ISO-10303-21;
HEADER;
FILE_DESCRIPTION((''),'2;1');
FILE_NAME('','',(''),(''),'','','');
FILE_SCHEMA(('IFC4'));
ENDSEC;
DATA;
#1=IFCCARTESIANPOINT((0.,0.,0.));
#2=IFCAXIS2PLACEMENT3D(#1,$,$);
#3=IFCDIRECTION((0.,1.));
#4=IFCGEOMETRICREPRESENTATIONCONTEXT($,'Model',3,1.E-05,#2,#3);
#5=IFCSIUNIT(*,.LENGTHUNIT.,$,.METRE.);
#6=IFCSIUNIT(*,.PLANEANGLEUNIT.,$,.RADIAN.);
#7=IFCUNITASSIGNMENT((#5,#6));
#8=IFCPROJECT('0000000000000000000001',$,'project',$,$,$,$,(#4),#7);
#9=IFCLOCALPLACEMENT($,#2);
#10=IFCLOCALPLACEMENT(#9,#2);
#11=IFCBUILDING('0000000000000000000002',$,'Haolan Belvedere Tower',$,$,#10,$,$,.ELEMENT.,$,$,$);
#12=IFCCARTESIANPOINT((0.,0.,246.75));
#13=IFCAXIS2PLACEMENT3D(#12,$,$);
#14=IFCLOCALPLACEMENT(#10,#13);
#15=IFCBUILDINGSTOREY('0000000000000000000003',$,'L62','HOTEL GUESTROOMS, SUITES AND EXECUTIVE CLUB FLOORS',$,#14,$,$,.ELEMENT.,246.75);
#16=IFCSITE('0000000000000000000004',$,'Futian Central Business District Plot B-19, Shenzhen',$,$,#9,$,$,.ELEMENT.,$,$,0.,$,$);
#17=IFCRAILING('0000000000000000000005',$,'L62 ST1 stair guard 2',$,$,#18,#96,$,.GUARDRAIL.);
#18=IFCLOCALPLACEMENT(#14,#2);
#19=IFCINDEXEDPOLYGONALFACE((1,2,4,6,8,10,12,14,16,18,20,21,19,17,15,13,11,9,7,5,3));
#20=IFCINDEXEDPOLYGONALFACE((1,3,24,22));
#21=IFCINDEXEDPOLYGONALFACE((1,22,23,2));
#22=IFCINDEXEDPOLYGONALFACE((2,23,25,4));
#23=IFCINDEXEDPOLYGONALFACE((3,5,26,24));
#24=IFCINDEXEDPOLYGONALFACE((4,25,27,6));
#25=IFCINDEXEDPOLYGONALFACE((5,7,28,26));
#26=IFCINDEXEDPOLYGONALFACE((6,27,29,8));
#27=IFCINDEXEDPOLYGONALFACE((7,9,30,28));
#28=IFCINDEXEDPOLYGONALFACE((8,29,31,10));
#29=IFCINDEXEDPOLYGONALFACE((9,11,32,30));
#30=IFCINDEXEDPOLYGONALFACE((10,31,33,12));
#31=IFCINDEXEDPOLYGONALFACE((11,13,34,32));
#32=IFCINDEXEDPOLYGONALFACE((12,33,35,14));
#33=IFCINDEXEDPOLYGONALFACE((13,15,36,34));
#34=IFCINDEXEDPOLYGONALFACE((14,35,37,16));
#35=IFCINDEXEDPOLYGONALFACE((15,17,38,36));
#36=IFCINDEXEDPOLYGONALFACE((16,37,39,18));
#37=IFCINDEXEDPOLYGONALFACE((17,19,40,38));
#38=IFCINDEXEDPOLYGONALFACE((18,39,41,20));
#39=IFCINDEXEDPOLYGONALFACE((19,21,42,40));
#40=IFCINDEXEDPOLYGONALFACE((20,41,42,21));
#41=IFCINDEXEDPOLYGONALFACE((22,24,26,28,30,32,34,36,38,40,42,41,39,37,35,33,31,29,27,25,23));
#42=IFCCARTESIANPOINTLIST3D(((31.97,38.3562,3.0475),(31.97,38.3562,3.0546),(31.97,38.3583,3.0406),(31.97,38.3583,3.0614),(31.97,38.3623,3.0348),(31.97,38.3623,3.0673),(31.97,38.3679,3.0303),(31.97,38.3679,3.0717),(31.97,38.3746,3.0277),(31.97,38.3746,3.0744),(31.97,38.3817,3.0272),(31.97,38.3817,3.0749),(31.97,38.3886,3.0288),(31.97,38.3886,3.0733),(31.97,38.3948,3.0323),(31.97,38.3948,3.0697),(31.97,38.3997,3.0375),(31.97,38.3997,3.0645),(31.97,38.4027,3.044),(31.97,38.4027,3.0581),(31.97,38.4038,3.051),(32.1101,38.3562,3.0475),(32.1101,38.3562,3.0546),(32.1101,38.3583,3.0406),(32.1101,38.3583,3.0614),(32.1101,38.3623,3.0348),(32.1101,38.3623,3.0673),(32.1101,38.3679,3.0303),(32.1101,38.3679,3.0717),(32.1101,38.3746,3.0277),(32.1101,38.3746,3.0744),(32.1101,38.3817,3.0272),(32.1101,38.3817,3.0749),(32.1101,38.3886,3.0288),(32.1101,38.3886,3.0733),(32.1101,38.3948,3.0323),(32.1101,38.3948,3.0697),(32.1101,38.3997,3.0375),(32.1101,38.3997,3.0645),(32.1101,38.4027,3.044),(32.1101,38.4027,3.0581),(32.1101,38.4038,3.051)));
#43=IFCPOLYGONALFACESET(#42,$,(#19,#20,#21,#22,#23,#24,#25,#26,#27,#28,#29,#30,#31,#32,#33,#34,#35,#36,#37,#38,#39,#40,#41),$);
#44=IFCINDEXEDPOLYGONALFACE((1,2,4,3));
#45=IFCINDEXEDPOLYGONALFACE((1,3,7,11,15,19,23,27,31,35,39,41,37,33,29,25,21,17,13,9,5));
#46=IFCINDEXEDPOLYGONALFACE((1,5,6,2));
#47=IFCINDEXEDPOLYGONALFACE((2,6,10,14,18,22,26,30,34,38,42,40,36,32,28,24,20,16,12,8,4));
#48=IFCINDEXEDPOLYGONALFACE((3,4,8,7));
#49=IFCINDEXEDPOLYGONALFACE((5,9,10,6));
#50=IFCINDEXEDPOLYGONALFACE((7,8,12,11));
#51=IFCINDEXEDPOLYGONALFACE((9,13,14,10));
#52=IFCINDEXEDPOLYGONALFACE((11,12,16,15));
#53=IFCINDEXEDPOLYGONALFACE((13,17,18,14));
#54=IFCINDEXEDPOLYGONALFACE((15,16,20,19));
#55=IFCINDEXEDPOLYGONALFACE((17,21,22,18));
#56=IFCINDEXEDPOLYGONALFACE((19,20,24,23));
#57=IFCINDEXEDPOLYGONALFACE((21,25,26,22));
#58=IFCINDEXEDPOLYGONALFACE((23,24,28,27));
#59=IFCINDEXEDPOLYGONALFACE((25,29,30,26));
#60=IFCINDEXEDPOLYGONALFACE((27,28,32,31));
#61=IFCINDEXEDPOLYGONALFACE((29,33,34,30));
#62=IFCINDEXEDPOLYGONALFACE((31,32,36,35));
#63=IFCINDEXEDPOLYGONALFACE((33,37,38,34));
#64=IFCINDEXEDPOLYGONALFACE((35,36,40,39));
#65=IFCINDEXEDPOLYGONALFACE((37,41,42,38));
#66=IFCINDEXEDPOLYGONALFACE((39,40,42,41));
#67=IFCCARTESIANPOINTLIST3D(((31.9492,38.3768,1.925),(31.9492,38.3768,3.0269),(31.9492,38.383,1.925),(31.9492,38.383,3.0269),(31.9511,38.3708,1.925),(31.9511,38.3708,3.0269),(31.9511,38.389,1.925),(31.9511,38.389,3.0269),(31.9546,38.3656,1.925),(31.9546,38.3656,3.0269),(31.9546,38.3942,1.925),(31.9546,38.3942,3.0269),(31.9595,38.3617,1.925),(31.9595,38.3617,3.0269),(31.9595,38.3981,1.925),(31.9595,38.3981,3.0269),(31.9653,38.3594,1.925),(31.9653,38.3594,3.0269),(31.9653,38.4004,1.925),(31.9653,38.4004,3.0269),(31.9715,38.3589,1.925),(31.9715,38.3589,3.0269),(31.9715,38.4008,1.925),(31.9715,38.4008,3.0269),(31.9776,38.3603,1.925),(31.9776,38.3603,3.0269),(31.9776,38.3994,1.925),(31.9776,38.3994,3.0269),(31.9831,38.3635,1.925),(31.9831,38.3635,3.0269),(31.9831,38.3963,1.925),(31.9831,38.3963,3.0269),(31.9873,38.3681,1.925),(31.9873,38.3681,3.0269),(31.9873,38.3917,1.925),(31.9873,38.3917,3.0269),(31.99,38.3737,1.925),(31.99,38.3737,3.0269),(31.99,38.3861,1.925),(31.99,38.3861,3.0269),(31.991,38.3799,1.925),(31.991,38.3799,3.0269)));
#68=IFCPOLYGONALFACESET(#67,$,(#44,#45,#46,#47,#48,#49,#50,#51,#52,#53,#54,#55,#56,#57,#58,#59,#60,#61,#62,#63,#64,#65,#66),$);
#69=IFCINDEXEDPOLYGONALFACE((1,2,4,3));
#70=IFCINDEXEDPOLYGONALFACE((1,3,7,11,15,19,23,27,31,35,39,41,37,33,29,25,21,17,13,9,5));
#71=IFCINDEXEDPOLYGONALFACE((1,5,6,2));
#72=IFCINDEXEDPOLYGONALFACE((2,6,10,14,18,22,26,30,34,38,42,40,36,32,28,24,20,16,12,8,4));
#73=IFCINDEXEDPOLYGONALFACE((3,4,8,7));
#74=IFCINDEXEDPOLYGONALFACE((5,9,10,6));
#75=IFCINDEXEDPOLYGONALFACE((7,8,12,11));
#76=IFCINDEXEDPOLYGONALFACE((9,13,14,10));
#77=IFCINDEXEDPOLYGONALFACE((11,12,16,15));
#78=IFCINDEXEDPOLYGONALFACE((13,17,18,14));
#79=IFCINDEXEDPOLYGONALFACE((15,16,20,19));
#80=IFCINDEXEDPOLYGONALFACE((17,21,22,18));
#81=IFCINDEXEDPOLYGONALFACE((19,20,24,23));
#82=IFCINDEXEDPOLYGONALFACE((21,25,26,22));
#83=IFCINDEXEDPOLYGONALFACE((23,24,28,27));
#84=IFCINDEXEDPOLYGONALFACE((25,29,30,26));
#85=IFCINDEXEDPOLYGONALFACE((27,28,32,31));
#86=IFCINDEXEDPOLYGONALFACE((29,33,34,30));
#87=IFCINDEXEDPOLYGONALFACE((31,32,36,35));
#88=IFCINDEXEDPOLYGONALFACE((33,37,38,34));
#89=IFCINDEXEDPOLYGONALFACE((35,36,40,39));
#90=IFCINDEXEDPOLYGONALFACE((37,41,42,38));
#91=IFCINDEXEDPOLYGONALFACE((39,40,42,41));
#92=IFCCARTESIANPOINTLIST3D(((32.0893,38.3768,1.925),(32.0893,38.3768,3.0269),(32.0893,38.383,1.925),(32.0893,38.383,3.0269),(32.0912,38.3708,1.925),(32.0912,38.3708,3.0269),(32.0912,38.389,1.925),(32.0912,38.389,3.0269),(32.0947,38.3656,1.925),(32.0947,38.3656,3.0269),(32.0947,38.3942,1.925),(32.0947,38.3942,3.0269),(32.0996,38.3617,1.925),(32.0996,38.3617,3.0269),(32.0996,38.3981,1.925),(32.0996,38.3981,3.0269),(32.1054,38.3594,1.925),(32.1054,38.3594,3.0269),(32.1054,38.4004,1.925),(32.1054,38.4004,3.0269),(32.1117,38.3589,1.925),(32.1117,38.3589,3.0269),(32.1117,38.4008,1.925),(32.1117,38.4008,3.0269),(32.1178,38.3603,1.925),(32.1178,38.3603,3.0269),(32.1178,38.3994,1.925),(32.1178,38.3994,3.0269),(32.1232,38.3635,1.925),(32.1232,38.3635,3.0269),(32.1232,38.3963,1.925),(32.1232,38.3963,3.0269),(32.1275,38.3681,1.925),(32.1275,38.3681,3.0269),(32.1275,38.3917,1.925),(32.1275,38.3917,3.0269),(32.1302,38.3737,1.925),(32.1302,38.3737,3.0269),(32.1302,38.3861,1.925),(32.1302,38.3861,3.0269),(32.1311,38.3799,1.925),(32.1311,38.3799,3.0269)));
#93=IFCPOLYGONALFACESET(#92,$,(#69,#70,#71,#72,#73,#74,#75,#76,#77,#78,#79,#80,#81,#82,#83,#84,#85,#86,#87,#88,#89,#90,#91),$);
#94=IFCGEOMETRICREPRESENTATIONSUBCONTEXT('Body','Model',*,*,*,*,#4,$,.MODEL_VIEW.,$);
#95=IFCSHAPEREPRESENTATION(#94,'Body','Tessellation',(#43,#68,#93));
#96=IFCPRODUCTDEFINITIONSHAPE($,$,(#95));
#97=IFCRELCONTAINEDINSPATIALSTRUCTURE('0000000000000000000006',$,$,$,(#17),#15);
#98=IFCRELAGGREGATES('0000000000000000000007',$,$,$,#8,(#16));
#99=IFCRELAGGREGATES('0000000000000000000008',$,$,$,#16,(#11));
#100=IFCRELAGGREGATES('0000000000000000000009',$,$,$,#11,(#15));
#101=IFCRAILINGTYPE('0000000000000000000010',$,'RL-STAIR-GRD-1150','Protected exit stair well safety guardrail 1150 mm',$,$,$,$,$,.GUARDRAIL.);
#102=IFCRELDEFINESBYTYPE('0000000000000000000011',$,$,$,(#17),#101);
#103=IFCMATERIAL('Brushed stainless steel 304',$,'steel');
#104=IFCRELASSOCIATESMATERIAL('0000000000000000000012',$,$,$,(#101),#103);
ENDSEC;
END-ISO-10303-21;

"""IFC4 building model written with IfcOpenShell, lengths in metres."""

from ifc_helpers import new_model, si_unit, direction, frame, origin, origin_2d, place, context, subcontext, project, spatial, circle, extrude, material, type_object, element, save


model = new_model("IFC4")

# Units and contexts
model_context = context("Model", 3, precision=1e-05, world=origin(), true_north=direction((0.0, 1.0)))
body_context = subcontext(model_context, "Body", "Model", "MODEL_VIEW")
ifc_project = project(units=[si_unit("LENGTHUNIT", "METRE"), si_unit("PLANEANGLEUNIT", "RADIAN")], contexts=[model_context])

# Site, building, storey
site_placement = place(None, origin())
site = spatial("IfcSite", under=ifc_project, at=site_placement, Name="Futian Central Business District Plot B-19, Shenzhen", CompositionType="ELEMENT", RefElevation=0.0)
building_placement = place(site_placement, origin())
building = spatial("IfcBuilding", under=site, at=building_placement, Name="Haolan Belvedere Tower", CompositionType="ELEMENT")
storey_placement = place(building_placement, frame((0.0, 0.0, 246.75)))
storey = spatial("IfcBuildingStorey", under=building, at=storey_placement, Name="L62", Description="HOTEL GUESTROOMS, SUITES AND EXECUTIVE CLUB FLOORS", CompositionType="ELEMENT", Elevation=246.75)

# Railing
ifc_material_1 = material(Name="Brushed stainless steel 304", Category="steel")
railing_type_1 = type_object("IfcRailingType", Name="RL-STAIR-GRD-1150", Description="Protected exit stair well safety guardrail 1150 mm", PredefinedType="GUARDRAIL", material=ifc_material_1)
railing_1_placement = place(storey_placement, frame((31.97, 38.3799, 1.925)))
element("IfcRailing", 1, at=railing_1_placement, inside=storey, type_object=railing_type_1, Name="L62 ST1 stair guard 2", PredefinedType="GUARDRAIL", context=body_context, shape_type="SweptSolid", body=[
    extrude(circle(Radius=0.0239, at=origin_2d()), frame((0.0, 0.0, 1.126), z_axis=(1.0, 0.0, 0.0), x_axis=(0.0, 1.0, 0.0)), (0.0, 0.0, 1.0), 0.1401),
    extrude(circle(Radius=0.021, at=origin_2d()), origin(), (0.0, 0.0, 1.0), 1.1018),
    extrude(circle(Radius=0.021, at=origin_2d()), frame((0.1401, 0.0, 0.0)), (0.0, 0.0, 1.0), 1.1018),
])

save(model, "model.ifc")
